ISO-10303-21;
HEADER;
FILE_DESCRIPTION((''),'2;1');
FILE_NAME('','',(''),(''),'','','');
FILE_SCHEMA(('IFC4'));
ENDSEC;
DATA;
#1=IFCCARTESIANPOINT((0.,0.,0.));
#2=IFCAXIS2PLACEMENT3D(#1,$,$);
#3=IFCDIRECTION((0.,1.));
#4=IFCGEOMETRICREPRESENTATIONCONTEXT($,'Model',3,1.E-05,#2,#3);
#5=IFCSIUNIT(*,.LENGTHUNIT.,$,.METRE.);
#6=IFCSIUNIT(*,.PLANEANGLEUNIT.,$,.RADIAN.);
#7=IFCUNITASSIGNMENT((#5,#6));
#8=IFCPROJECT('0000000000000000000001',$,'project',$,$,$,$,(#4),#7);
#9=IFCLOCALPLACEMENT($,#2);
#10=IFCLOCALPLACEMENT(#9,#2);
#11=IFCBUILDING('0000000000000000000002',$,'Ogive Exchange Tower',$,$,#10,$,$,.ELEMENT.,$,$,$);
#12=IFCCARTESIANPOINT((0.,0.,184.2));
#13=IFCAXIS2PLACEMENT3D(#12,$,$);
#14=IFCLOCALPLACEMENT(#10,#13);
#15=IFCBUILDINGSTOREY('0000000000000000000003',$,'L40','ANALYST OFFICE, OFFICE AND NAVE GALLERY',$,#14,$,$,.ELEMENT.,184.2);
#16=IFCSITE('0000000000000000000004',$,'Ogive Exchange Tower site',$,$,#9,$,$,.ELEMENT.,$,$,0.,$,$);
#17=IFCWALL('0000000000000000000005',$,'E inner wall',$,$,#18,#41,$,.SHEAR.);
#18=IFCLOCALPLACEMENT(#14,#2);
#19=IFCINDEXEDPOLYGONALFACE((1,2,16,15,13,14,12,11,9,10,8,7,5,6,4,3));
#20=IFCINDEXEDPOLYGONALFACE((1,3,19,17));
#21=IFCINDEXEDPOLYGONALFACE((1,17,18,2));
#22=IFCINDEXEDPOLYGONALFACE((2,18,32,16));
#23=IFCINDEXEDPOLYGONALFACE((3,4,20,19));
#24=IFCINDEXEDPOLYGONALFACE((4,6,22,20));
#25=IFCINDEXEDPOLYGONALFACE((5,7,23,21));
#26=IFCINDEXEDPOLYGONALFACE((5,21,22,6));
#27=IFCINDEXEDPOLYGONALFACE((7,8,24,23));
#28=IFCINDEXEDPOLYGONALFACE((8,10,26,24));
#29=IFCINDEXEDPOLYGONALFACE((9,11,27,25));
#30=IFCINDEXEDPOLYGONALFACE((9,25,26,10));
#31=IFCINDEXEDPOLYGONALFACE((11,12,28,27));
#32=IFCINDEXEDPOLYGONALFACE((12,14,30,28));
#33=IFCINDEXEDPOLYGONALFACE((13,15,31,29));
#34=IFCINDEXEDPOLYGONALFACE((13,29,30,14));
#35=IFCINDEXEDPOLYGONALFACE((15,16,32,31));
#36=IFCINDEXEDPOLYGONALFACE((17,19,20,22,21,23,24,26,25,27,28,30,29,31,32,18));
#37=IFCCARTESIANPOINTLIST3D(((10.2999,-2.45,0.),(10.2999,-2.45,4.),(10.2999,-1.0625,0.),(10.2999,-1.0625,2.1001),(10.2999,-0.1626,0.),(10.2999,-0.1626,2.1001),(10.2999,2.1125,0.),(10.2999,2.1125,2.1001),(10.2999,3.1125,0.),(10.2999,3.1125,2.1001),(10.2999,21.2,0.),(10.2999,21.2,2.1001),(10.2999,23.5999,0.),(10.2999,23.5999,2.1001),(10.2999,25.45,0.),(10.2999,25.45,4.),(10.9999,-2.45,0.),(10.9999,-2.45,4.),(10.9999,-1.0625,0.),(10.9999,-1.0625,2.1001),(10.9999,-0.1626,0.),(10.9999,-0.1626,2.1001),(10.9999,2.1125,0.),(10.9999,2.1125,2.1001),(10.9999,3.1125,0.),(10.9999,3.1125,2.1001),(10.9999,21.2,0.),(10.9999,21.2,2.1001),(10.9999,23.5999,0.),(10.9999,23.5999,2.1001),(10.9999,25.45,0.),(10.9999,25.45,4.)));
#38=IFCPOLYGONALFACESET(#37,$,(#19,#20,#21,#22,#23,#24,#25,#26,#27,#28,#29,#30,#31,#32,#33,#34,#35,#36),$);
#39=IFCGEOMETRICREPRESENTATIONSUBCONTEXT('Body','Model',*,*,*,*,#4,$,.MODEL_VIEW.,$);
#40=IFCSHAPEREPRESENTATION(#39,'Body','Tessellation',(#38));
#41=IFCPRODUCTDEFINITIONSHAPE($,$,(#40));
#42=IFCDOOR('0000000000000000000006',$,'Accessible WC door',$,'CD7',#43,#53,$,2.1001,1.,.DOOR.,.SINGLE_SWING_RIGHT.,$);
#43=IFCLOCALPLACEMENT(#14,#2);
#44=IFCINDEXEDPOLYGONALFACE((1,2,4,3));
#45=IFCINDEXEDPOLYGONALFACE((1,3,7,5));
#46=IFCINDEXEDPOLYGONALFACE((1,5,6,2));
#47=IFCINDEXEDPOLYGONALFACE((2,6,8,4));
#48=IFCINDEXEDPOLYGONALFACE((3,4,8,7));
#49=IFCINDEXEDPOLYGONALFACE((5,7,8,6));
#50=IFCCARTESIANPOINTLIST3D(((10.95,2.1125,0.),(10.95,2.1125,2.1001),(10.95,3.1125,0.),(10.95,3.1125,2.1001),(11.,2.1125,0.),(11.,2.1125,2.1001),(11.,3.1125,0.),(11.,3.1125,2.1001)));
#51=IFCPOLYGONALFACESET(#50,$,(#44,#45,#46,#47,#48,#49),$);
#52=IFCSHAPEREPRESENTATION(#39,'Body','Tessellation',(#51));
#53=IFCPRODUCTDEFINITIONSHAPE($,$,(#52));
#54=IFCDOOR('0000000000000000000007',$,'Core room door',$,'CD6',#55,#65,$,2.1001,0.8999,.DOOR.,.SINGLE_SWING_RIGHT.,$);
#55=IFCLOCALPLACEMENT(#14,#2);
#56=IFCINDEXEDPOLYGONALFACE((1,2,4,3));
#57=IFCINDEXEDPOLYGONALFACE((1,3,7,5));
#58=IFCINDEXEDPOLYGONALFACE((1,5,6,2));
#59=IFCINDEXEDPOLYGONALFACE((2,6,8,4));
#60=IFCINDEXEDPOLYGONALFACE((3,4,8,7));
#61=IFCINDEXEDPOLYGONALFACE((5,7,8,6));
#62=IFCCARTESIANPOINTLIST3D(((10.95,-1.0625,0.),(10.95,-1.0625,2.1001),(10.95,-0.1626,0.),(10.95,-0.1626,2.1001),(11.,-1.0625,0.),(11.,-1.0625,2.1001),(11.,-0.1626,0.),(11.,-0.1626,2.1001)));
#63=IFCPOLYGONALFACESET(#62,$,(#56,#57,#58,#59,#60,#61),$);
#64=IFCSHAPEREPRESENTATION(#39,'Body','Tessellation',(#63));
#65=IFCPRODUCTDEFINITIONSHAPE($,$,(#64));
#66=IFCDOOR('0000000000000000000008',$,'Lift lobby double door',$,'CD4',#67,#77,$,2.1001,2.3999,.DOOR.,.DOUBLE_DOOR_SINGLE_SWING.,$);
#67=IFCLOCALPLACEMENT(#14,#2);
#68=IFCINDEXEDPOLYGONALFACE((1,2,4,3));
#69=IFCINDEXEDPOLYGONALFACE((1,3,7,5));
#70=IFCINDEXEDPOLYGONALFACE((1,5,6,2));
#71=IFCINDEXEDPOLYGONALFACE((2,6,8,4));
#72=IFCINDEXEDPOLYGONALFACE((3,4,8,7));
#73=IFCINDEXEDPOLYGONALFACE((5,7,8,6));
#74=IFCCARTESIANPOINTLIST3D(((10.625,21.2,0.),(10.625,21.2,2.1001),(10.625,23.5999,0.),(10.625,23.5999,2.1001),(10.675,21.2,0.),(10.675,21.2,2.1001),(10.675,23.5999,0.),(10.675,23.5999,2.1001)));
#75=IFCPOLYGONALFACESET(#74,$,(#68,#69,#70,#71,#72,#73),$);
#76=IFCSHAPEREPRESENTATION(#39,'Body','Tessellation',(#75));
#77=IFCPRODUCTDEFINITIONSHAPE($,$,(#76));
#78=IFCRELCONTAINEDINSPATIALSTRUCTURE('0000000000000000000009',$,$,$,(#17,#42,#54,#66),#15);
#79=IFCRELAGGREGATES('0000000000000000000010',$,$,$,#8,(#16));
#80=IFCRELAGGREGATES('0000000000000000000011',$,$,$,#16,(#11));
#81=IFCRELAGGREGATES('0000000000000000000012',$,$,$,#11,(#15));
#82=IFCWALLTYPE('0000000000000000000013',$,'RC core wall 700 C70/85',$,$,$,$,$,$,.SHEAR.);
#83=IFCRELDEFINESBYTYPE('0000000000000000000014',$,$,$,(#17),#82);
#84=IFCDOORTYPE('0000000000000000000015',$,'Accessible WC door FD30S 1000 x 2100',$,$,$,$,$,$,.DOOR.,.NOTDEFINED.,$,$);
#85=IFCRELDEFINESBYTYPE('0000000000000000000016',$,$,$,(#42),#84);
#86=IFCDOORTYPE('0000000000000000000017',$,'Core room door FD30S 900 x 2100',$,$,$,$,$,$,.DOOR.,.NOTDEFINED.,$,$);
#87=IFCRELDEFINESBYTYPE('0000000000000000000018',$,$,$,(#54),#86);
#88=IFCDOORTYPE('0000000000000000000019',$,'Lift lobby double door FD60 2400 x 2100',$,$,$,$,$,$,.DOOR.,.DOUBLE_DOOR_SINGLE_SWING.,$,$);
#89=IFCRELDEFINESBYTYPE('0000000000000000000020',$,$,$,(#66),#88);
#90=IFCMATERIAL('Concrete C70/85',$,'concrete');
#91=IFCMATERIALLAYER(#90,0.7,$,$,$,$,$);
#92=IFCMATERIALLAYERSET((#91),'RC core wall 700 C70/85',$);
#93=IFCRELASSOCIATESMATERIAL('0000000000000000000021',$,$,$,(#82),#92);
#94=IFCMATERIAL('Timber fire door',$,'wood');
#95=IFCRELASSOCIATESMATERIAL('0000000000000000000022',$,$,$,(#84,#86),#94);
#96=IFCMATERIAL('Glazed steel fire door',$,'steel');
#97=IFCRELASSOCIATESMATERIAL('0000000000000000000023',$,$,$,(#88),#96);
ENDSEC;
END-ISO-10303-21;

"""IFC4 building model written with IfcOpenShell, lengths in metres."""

from ifc_helpers import new_model, si_unit, direction, frame, frame_2d, origin, place, context, subcontext, project, spatial, rectangle, extrude, material, layer, layer_set, type_object, element, fill, save


model = new_model("IFC4")

# Units and contexts
model_context = context("Model", 3, precision=1e-05, world=origin(), true_north=direction((0.0, 1.0)))
body_context = subcontext(model_context, "Body", "Model", "MODEL_VIEW")
ifc_project = project(units=[si_unit("LENGTHUNIT", "METRE"), si_unit("PLANEANGLEUNIT", "RADIAN")], contexts=[model_context])

# Site, building, storey
site_placement = place(None, origin())
site = spatial("IfcSite", under=ifc_project, at=site_placement, Name="Ogive Exchange Tower site", CompositionType="ELEMENT", RefElevation=0.0)
building_placement = place(site_placement, origin())
building = spatial("IfcBuilding", under=site, at=building_placement, Name="Ogive Exchange Tower", CompositionType="ELEMENT")
storey_placement = place(building_placement, frame((0.0, 0.0, 184.2)))
storey = spatial("IfcBuildingStorey", under=building, at=storey_placement, Name="L40", Description="ANALYST OFFICE, OFFICE AND NAVE GALLERY", CompositionType="ELEMENT", Elevation=184.2)

# Shared definitions
ifc_material_1 = material(Name="Concrete C70/85", Category="concrete")

# Wall, openings, doors
ifc_layer_1 = layer(ifc_material_1, 0.7)
ifc_layer_set_1 = layer_set([ifc_layer_1], Name="RC core wall 700 C70/85")
wall_type_1 = type_object("IfcWallType", Name="RC core wall 700 C70/85", PredefinedType="SHEAR", material=ifc_layer_set_1)
wall_1_placement = place(storey_placement, frame((10.6499, -2.45, 0.0), z_axis=(0.0, 0.0, 1.0), x_axis=(0.0, 1.0, 0.0)))
wall_1 = element("IfcWall", 1, at=wall_1_placement, inside=storey, type_object=wall_type_1, Name="E inner wall", PredefinedType="SHEAR", context=body_context, shape_type="SweptSolid", body=[
    extrude(rectangle(XDim=27.8999, YDim=0.7, at=frame_2d((13.95, 0.0))), origin(), (0.0, 0.0, 1.0), 4.0),
])
opening_1_placement = place(wall_1_placement, frame((23.6499, 0.0, 0.0)))
opening_1 = element("IfcOpeningElement", 2, at=opening_1_placement, cuts=wall_1, PredefinedType="OPENING", context=body_context, shape_type="SweptSolid", body=[
    extrude(rectangle(XDim=2.3999, YDim=2.1001, at=frame_2d((1.2, 1.05))), frame((0.0, 0.3599, 0.0), z_axis=(0.0, -1.0, 0.0), x_axis=(1.0, 0.0, 0.0)), (0.0, 0.0, 1.0), 0.72),
])
opening_2_placement = place(wall_1_placement, frame((1.3875, 0.0, 0.0)))
opening_2 = element("IfcOpeningElement", 3, at=opening_2_placement, cuts=wall_1, PredefinedType="OPENING", context=body_context, shape_type="SweptSolid", body=[
    extrude(rectangle(XDim=0.8999, YDim=2.1001, at=frame_2d((0.45, 1.05))), frame((0.0, 0.3599, 0.0), z_axis=(0.0, -1.0, 0.0), x_axis=(1.0, 0.0, 0.0)), (0.0, 0.0, 1.0), 0.72),
])
opening_3_placement = place(wall_1_placement, frame((4.5625, 0.0, 0.0)))
opening_3 = element("IfcOpeningElement", 4, at=opening_3_placement, cuts=wall_1, PredefinedType="OPENING", context=body_context, shape_type="SweptSolid", body=[
    extrude(rectangle(XDim=1.0, YDim=2.1001, at=frame_2d((0.5, 1.05))), frame((0.0, 0.3599, 0.0), z_axis=(0.0, -1.0, 0.0), x_axis=(1.0, 0.0, 0.0)), (0.0, 0.0, 1.0), 0.72),
])
ifc_material_2 = material(Name="Timber fire door", Category="wood")
door_type_1 = type_object("IfcDoorType", Name="Accessible WC door FD30S 1000 x 2100", OperationType="NOTDEFINED", PredefinedType="DOOR", material=ifc_material_2)
door_1_placement = place(opening_3_placement, frame((1.0, -0.6499, 0.0), z_axis=(0.0, 0.0, 1.0), x_axis=(-1.0, 0.0, 0.0)))
door_1 = element("IfcDoor", 5, at=door_1_placement, inside=storey, type_object=door_type_1, Name="Accessible WC door", ObjectType="CD7", OperationType="SINGLE_SWING_RIGHT", OverallHeight=2.1001, OverallWidth=1.0, PredefinedType="DOOR", context=body_context, shape_type="SweptSolid", body=[
    extrude(rectangle(XDim=1.0, YDim=2.1001, at=frame_2d((0.5, 1.05))), frame((0.0, -0.2998, 0.0), z_axis=(0.0, -1.0, 0.0), x_axis=(1.0, 0.0, 0.0)), (0.0, 0.0, 1.0), 0.05),
])
fill(opening_3, door_1)
door_type_2 = type_object("IfcDoorType", Name="Core room door FD30S 900 x 2100", OperationType="NOTDEFINED", PredefinedType="DOOR", material=ifc_material_2)
door_2_placement = place(opening_2_placement, frame((0.8999, -0.6499, 0.0), z_axis=(0.0, 0.0, 1.0), x_axis=(-1.0, 0.0, 0.0)))
door_2 = element("IfcDoor", 6, at=door_2_placement, inside=storey, type_object=door_type_2, Name="Core room door", ObjectType="CD6", OperationType="SINGLE_SWING_RIGHT", OverallHeight=2.1001, OverallWidth=0.8999, PredefinedType="DOOR", context=body_context, shape_type="SweptSolid", body=[
    extrude(rectangle(XDim=0.8999, YDim=2.1001, at=frame_2d((0.45, 1.05))), frame((0.0, -0.2998, 0.0), z_axis=(0.0, -1.0, 0.0), x_axis=(1.0, 0.0, 0.0)), (0.0, 0.0, 1.0), 0.05),
])
fill(opening_2, door_2)
ifc_material_3 = material(Name="Glazed steel fire door", Category="steel")
door_type_3 = type_object("IfcDoorType", Name="Lift lobby double door FD60 2400 x 2100", OperationType="DOUBLE_DOOR_SINGLE_SWING", PredefinedType="DOOR", material=ifc_material_3)
door_3_placement = place(opening_1_placement, origin())
door_3 = element("IfcDoor", 7, at=door_3_placement, inside=storey, type_object=door_type_3, Name="Lift lobby double door", ObjectType="CD4", OperationType="DOUBLE_DOOR_SINGLE_SWING", OverallHeight=2.1001, OverallWidth=2.3999, PredefinedType="DOOR", context=body_context, shape_type="SweptSolid", body=[
    extrude(rectangle(XDim=2.3999, YDim=2.1001, at=frame_2d((1.2, 1.05))), frame((0.0, 0.0249, 0.0), z_axis=(0.0, -1.0, 0.0), x_axis=(1.0, 0.0, 0.0)), (0.0, 0.0, 1.0), 0.05),
])
fill(opening_1, door_3)

save(model, "model.ifc")
